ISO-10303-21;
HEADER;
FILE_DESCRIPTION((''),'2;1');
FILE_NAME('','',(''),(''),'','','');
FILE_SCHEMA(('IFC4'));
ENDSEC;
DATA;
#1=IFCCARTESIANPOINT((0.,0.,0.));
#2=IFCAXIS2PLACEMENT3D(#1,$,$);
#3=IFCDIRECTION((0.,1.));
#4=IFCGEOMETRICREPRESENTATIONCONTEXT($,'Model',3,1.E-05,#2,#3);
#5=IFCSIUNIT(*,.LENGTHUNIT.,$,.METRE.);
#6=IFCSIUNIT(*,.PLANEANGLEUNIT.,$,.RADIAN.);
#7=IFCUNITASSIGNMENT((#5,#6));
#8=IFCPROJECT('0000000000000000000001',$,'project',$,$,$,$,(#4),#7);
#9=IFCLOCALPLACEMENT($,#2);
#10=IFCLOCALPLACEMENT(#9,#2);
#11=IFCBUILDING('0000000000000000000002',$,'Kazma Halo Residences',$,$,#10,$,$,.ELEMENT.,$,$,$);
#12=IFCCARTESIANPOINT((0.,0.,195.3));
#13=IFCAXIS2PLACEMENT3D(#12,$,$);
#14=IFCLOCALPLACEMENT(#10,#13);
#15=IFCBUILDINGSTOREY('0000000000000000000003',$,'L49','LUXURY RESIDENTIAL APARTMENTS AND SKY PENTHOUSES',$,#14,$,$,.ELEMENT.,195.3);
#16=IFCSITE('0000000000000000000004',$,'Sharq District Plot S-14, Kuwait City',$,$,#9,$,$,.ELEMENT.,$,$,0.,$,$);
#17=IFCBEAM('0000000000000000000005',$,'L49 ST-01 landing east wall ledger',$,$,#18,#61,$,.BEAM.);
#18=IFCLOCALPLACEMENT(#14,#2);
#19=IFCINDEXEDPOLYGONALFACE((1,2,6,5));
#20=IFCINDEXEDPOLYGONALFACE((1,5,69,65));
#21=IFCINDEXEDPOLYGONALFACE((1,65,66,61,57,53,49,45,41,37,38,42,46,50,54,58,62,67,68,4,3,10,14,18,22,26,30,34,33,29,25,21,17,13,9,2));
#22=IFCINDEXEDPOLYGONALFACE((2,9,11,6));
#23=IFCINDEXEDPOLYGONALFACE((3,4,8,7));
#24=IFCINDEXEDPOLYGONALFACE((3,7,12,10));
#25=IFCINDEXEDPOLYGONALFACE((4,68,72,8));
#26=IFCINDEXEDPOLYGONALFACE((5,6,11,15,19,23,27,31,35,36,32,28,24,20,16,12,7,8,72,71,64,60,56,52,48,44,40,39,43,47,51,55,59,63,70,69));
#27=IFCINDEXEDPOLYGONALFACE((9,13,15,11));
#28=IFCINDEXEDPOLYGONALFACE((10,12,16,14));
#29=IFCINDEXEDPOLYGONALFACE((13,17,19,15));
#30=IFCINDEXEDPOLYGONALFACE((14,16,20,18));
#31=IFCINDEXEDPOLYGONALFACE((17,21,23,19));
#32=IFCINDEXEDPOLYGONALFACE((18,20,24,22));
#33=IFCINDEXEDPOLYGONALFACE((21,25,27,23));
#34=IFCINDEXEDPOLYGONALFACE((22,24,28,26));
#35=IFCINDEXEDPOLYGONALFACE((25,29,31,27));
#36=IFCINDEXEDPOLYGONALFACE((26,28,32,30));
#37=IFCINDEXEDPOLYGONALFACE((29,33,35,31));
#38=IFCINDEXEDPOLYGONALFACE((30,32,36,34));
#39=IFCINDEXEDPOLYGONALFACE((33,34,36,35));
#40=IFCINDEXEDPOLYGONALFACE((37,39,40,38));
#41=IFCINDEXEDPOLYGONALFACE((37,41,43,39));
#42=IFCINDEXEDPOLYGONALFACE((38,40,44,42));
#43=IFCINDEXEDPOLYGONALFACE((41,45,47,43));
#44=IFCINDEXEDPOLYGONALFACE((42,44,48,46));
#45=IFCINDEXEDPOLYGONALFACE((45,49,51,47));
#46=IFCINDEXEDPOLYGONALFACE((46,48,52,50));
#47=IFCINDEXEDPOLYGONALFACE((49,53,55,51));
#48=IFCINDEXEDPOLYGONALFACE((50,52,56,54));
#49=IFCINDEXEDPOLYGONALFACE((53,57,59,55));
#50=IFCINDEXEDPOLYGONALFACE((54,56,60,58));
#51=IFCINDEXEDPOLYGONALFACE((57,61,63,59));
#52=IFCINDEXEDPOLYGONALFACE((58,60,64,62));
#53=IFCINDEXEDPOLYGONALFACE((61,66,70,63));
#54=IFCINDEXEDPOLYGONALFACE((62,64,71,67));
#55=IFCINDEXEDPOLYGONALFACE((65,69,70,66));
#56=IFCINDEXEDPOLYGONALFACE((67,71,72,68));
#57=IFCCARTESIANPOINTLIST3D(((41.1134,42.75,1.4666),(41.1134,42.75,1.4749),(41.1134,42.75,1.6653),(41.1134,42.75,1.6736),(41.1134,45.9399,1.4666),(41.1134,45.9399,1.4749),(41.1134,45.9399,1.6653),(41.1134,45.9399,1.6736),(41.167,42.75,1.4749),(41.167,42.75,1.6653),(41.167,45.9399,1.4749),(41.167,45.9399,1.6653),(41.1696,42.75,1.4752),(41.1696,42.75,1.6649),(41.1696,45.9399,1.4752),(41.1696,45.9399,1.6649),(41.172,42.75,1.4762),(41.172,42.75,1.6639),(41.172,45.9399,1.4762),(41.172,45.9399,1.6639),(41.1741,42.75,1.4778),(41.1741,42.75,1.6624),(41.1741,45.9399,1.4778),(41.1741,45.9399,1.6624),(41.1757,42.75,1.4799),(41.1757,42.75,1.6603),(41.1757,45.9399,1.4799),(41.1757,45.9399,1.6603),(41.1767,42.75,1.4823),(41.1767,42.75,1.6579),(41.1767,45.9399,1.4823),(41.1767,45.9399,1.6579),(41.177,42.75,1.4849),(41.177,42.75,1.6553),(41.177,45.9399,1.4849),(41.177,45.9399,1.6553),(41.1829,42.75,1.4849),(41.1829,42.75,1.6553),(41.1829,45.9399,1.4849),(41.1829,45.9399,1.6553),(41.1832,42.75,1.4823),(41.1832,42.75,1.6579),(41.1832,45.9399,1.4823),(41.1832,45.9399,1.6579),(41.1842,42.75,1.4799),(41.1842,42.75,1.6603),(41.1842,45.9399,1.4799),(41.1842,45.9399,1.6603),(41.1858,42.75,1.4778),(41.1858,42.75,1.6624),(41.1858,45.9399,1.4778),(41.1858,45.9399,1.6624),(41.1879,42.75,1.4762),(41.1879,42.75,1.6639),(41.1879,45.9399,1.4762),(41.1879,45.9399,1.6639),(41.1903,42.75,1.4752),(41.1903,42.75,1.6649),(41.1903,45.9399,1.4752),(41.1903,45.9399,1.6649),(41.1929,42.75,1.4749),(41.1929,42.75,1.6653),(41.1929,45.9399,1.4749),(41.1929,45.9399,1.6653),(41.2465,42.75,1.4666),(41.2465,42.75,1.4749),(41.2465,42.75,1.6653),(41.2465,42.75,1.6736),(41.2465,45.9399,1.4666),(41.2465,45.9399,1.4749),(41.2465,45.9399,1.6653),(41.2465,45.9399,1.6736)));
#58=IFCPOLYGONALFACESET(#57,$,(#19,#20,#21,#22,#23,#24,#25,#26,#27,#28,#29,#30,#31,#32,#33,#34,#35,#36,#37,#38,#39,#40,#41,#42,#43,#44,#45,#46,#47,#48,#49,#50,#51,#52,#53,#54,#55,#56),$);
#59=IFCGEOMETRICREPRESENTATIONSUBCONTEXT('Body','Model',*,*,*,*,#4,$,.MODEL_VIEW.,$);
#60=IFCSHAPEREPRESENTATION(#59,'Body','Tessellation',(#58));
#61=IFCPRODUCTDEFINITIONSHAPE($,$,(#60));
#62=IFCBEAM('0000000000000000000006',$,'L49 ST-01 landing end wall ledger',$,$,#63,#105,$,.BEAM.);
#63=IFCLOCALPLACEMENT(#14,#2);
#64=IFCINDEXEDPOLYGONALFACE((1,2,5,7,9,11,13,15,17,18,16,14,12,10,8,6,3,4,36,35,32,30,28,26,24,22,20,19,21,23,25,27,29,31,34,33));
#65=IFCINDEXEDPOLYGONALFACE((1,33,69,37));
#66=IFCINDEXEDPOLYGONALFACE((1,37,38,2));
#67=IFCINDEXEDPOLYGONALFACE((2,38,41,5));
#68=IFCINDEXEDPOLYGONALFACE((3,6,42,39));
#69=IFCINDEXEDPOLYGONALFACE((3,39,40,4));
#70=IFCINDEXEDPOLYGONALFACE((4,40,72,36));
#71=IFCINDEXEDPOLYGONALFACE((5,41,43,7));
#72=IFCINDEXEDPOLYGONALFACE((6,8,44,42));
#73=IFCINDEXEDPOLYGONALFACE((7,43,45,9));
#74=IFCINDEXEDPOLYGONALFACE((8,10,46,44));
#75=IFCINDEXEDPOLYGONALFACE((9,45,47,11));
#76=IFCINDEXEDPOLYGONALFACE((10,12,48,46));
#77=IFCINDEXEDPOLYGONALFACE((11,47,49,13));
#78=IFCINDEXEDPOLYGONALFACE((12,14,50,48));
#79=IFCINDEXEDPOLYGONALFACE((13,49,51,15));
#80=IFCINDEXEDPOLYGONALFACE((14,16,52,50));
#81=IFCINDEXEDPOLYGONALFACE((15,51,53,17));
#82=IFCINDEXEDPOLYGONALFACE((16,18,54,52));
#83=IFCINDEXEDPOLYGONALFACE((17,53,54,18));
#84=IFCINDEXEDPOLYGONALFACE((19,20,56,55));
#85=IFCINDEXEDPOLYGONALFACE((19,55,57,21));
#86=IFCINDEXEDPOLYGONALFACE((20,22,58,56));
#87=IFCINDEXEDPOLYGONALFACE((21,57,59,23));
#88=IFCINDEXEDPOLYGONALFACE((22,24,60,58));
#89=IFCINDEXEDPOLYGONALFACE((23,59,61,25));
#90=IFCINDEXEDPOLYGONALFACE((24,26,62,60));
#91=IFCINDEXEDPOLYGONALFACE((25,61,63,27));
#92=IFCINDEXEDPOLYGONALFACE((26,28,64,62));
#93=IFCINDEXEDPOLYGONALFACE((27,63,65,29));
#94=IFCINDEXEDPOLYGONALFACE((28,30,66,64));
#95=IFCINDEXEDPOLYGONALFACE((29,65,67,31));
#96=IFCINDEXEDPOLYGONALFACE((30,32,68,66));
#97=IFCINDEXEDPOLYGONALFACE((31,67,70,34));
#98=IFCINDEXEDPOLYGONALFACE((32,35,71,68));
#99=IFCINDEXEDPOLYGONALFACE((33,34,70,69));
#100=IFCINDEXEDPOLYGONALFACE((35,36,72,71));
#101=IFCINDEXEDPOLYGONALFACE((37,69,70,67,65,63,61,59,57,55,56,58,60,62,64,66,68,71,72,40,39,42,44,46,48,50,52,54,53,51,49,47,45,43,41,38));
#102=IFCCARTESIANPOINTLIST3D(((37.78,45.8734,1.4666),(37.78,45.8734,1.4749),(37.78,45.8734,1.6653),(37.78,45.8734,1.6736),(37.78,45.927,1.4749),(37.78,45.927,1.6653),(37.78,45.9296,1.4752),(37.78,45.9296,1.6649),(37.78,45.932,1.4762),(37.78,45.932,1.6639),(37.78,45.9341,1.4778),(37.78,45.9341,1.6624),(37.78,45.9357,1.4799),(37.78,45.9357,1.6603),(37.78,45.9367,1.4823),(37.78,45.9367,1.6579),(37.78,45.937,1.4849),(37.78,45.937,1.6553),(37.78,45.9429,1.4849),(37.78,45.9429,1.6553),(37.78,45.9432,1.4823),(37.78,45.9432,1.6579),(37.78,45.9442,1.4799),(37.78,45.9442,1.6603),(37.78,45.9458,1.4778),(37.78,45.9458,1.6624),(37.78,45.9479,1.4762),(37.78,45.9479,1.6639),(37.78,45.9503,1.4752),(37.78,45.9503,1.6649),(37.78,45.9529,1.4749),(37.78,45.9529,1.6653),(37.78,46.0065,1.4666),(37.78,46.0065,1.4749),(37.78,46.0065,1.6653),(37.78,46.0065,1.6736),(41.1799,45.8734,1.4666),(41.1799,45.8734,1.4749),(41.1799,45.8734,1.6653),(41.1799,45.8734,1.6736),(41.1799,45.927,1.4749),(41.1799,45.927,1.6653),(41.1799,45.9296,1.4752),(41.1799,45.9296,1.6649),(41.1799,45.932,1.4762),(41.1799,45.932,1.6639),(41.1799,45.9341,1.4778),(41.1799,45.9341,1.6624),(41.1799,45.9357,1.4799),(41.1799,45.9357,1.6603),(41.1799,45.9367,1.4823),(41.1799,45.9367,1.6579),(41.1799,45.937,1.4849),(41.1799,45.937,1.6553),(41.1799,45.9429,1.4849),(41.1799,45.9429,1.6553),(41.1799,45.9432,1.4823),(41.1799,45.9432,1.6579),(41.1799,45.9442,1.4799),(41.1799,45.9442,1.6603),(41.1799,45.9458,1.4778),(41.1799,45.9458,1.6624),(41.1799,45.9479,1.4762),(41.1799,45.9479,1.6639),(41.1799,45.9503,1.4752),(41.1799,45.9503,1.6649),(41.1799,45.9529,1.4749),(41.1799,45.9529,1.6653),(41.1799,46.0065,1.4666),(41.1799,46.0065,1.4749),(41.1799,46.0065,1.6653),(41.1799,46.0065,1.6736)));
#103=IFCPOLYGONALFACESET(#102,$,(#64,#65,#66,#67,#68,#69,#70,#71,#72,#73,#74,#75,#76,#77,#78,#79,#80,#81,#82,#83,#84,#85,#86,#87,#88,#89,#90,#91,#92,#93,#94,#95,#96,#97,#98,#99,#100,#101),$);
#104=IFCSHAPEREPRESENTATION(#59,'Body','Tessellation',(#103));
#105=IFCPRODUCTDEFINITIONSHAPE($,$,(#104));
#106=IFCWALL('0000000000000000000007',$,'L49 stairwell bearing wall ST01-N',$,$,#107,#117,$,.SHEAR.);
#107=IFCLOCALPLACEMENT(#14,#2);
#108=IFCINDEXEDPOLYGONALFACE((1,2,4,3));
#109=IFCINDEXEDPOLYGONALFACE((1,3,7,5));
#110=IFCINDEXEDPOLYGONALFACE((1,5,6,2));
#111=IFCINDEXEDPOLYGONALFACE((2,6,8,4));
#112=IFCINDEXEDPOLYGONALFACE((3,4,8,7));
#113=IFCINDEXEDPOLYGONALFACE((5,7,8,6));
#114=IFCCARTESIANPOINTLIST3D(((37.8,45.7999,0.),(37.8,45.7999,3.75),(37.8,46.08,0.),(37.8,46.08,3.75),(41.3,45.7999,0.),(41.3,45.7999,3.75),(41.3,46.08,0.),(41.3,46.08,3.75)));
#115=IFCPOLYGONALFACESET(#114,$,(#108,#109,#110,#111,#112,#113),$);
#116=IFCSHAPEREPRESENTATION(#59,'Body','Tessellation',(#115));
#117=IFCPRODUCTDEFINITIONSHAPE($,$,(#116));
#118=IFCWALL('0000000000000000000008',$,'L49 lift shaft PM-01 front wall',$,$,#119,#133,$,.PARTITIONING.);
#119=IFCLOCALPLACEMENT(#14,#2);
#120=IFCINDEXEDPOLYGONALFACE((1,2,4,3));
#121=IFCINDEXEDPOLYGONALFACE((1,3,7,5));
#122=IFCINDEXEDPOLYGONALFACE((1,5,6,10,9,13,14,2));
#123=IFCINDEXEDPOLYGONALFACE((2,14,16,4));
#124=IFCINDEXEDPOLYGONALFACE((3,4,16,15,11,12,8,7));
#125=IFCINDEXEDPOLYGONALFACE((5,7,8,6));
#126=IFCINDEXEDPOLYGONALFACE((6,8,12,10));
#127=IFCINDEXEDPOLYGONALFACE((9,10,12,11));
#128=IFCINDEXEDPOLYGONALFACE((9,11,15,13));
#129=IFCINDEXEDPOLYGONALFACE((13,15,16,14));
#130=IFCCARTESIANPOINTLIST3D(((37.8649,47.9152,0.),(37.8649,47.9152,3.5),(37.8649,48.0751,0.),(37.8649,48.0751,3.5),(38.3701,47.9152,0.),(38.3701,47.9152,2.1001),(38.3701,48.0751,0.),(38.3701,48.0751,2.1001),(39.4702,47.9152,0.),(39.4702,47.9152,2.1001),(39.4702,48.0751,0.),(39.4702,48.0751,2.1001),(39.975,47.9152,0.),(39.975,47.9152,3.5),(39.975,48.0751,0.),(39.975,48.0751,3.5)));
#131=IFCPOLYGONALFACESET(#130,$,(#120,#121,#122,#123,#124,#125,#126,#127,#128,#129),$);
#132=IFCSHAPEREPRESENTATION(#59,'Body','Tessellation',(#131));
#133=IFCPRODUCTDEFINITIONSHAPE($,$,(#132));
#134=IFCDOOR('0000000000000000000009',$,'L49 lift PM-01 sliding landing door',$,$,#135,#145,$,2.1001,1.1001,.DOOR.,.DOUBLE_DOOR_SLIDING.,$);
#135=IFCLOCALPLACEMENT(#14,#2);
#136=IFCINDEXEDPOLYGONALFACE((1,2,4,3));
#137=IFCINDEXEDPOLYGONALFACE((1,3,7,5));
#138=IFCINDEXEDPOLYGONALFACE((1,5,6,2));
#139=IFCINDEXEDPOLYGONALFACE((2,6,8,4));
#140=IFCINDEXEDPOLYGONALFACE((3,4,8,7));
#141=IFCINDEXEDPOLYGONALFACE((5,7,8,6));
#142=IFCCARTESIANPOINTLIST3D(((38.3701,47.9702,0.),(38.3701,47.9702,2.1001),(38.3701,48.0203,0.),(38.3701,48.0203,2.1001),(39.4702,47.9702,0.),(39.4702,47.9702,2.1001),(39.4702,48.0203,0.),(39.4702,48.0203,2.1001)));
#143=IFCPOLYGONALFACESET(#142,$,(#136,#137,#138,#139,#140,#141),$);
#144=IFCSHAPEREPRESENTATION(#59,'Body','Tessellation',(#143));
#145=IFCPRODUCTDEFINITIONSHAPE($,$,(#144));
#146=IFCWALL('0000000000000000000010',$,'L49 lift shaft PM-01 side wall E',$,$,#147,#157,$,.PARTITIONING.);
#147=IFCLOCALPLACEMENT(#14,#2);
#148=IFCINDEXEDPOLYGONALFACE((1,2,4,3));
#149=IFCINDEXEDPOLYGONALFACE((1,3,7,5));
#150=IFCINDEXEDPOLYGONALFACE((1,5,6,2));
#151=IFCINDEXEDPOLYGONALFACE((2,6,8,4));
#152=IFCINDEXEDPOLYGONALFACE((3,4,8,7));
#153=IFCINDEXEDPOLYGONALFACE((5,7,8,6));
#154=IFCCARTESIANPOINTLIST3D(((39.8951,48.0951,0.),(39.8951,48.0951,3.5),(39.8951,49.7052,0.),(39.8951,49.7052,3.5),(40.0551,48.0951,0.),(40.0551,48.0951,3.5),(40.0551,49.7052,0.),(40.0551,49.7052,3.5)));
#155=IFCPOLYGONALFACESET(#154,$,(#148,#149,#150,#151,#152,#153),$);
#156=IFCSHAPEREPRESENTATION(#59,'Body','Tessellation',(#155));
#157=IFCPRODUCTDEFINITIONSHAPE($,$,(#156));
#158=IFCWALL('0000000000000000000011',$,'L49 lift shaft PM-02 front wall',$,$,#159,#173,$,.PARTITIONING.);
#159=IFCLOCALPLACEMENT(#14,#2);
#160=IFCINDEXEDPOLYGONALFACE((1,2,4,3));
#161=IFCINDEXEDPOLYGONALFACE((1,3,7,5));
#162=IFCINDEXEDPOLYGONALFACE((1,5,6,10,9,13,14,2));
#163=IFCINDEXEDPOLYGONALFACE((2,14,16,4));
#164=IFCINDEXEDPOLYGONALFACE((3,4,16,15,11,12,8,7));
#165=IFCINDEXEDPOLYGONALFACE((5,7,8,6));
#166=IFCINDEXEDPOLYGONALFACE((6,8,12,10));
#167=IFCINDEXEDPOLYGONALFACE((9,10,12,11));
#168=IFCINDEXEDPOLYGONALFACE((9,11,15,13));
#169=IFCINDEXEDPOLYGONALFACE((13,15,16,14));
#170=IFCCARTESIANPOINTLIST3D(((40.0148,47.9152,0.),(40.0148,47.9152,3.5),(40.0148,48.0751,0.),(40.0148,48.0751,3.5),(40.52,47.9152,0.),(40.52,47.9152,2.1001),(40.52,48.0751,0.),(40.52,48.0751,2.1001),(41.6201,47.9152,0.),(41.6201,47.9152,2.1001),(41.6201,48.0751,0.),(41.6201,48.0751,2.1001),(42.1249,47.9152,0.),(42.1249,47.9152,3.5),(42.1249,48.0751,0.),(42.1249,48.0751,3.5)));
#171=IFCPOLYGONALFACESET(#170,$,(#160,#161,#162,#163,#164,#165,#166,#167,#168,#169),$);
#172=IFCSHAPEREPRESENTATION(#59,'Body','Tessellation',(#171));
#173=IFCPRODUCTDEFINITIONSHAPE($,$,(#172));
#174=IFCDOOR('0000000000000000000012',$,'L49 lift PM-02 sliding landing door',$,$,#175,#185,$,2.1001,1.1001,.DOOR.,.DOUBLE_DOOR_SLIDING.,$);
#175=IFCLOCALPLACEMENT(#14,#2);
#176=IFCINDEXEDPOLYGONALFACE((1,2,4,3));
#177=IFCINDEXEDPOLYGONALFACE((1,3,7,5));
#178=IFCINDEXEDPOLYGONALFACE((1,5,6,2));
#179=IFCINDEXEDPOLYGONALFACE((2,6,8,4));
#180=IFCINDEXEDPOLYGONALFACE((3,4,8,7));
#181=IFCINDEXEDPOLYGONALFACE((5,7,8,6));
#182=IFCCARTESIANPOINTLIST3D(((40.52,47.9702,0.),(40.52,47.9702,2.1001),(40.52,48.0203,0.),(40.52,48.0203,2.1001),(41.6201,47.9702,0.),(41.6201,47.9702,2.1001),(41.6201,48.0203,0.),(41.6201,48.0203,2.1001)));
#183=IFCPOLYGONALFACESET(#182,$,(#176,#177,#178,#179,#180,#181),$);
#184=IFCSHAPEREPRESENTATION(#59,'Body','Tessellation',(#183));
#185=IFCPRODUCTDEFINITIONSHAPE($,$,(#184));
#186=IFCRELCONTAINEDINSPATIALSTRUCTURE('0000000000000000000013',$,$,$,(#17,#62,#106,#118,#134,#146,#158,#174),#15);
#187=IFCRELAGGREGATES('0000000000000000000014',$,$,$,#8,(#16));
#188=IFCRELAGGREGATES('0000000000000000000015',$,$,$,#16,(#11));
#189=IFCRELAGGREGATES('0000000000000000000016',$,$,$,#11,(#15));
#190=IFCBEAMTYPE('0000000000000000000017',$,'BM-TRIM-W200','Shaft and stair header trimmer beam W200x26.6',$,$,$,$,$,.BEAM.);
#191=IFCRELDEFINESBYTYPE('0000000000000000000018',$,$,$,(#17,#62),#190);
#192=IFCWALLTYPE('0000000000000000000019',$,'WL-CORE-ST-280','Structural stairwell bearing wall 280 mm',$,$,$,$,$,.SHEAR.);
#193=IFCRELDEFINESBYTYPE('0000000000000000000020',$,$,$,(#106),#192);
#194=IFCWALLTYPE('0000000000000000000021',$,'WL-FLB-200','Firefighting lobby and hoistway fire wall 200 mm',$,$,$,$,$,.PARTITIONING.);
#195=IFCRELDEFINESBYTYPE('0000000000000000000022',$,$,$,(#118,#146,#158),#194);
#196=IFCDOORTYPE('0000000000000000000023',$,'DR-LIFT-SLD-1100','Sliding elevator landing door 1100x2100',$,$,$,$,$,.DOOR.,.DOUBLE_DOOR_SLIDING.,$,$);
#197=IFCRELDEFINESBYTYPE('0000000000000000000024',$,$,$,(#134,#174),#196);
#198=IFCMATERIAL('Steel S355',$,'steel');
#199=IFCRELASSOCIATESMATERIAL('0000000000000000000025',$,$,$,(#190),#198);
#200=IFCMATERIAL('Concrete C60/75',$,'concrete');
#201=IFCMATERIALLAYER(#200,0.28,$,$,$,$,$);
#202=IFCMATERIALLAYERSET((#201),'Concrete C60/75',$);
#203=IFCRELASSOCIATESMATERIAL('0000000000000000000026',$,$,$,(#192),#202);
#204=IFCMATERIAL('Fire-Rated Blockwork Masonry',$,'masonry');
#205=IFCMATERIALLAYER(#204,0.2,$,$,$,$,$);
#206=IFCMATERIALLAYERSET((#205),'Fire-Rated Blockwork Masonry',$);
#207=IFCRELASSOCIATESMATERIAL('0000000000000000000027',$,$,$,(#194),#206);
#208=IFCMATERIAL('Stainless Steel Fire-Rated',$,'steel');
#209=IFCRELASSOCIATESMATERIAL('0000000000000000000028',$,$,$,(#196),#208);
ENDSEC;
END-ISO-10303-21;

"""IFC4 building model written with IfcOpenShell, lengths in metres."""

from ifc_helpers import new_model, si_unit, direction, frame, frame_2d, origin, origin_2d, place, context, subcontext, project, spatial, rectangle, i_section, extrude, material, layer, layer_set, material_profile, profile_set, type_object, element, fill, save


model = new_model("IFC4")

# Units and contexts
model_context = context("Model", 3, precision=1e-05, world=origin(), true_north=direction((0.0, 1.0)))
body_context = subcontext(model_context, "Body", "Model", "MODEL_VIEW")
ifc_project = project(units=[si_unit("LENGTHUNIT", "METRE"), si_unit("PLANEANGLEUNIT", "RADIAN")], contexts=[model_context])

# Site, building, storey
site_placement = place(None, origin())
site = spatial("IfcSite", under=ifc_project, at=site_placement, Name="Sharq District Plot S-14, Kuwait City", CompositionType="ELEMENT", RefElevation=0.0)
building_placement = place(site_placement, origin())
building = spatial("IfcBuilding", under=site, at=building_placement, Name="Kazma Halo Residences", CompositionType="ELEMENT")
storey_placement = place(building_placement, frame((0.0, 0.0, 195.3)))
storey = spatial("IfcBuildingStorey", under=building, at=storey_placement, Name="L49", Description="LUXURY RESIDENTIAL APARTMENTS AND SKY PENTHOUSES", CompositionType="ELEMENT", Elevation=195.3)

# Shared definitions
ifc_material_1 = material(Name="Steel S355", Category="steel")

# Beams
ifc_material_profile_1 = material_profile(ifc_material_1, i_section(OverallWidth=0.1331, OverallDepth=0.207, WebThickness=0.0059, FlangeThickness=0.0083, FilletRadius=0.01, at=origin_2d()), Name="W200x26.6")
ifc_profile_set_1 = profile_set([ifc_material_profile_1], Name="Steel S355")
beam_type_1 = type_object("IfcBeamType", Name="BM-TRIM-W200", Description="Shaft and stair header trimmer beam W200x26.6", PredefinedType="BEAM", material=ifc_profile_set_1)
beam_1_placement = place(storey_placement, frame((41.1799, 42.75, 1.5701), z_axis=(0.0, 1.0, 0.0), x_axis=(-1.0, 0.0, 0.0)))
element("IfcBeam", 1, at=beam_1_placement, inside=storey, type_object=beam_type_1, Name="L49 ST-01 landing east wall ledger", PredefinedType="BEAM", context=body_context, shape_type="SweptSolid", body=[
    extrude(i_section(OverallWidth=0.1331, OverallDepth=0.207, WebThickness=0.0059, FlangeThickness=0.0083, FilletRadius=0.01, at=origin_2d()), origin(), (0.0, 0.0, 1.0), 3.1899),
])
beam_2_placement = place(storey_placement, frame((37.78, 45.9399, 1.5701), z_axis=(1.0, 0.0, 0.0), x_axis=(0.0, 1.0, 0.0)))
element("IfcBeam", 2, at=beam_2_placement, inside=storey, type_object=beam_type_1, Name="L49 ST-01 landing end wall ledger", PredefinedType="BEAM", context=body_context, shape_type="SweptSolid", body=[
    extrude(i_section(OverallWidth=0.1331, OverallDepth=0.207, WebThickness=0.0059, FlangeThickness=0.0083, FilletRadius=0.01, at=origin_2d()), origin(), (0.0, 0.0, 1.0), 3.3999),
])

# Wall
ifc_material_2 = material(Name="Concrete C60/75", Category="concrete")
ifc_layer_1 = layer(ifc_material_2, 0.28)
ifc_layer_set_1 = layer_set([ifc_layer_1], Name="Concrete C60/75")
wall_type_1 = type_object("IfcWallType", Name="WL-CORE-ST-280", Description="Structural stairwell bearing wall 280 mm", PredefinedType="SHEAR", material=ifc_layer_set_1)
wall_1_placement = place(storey_placement, frame((37.8, 45.9399, 0.0), z_axis=(0.0, 0.0, 1.0), x_axis=(1.0, 0.0, 0.0)))
element("IfcWall", 3, at=wall_1_placement, inside=storey, type_object=wall_type_1, Name="L49 stairwell bearing wall ST01-N", PredefinedType="SHEAR", context=body_context, shape_type="SweptSolid", body=[
    extrude(rectangle(XDim=3.5, YDim=0.28, at=frame_2d((1.75, 0.0))), origin(), (0.0, 0.0, 1.0), 3.75),
])

# Wall, opening, door
ifc_material_3 = material(Name="Fire-Rated Blockwork Masonry", Category="masonry")
ifc_layer_2 = layer(ifc_material_3, 0.2)
ifc_layer_set_2 = layer_set([ifc_layer_2], Name="Fire-Rated Blockwork Masonry")
wall_type_2 = type_object("IfcWallType", Name="WL-FLB-200", Description="Firefighting lobby and hoistway fire wall 200 mm", PredefinedType="PARTITIONING", material=ifc_layer_set_2)
wall_2_placement = place(storey_placement, frame((39.9751, 47.9951, 0.0), z_axis=(0.0, 0.0, 1.0), x_axis=(-1.0, 0.0, 0.0)))
wall_2 = element("IfcWall", 4, at=wall_2_placement, inside=storey, type_object=wall_type_2, Name="L49 lift shaft PM-01 front wall", PredefinedType="PARTITIONING", context=body_context, shape_type="SweptSolid", body=[
    extrude(rectangle(XDim=2.1101, YDim=0.1599, at=frame_2d((1.0552, 0.0))), origin(), (0.0, 0.0, 1.0), 3.5),
])
opening_1_placement = place(wall_2_placement, frame((0.5049, 0.0, 0.0)))
opening_1 = element("IfcOpeningElement", 5, at=opening_1_placement, cuts=wall_2, PredefinedType="OPENING", context=body_context, shape_type="SweptSolid", body=[
    extrude(rectangle(XDim=1.1001, YDim=2.1001, at=frame_2d((0.55, 1.05))), frame((0.0, 0.0898, 0.0), z_axis=(0.0, -1.0, 0.0), x_axis=(1.0, 0.0, 0.0)), (0.0, 0.0, 1.0), 0.1799),
])
ifc_material_4 = material(Name="Stainless Steel Fire-Rated", Category="steel")
door_type = type_object("IfcDoorType", Name="DR-LIFT-SLD-1100", Description="Sliding elevator landing door 1100x2100", OperationType="DOUBLE_DOOR_SLIDING", PredefinedType="DOOR", material=ifc_material_4)
door_1_placement = place(opening_1_placement, origin())
door_1 = element("IfcDoor", 6, at=door_1_placement, inside=storey, type_object=door_type, Name="L49 lift PM-01 sliding landing door", OperationType="DOUBLE_DOOR_SLIDING", OverallHeight=2.1001, OverallWidth=1.1001, PredefinedType="DOOR", context=body_context, shape_type="SweptSolid", body=[
    extrude(rectangle(XDim=1.1001, YDim=2.1001, at=frame_2d((0.55, 1.05))), frame((0.0, 0.0249, 0.0), z_axis=(0.0, -1.0, 0.0), x_axis=(1.0, 0.0, 0.0)), (0.0, 0.0, 1.0), 0.05),
])
fill(opening_1, door_1)

# Wall
wall_3_placement = place(storey_placement, frame((39.9751, 48.095, 0.0), z_axis=(0.0, 0.0, 1.0), x_axis=(0.0, 1.0, 0.0)))
element("IfcWall", 7, at=wall_3_placement, inside=storey, type_object=wall_type_2, Name="L49 lift shaft PM-01 side wall E", PredefinedType="PARTITIONING", context=body_context, shape_type="SweptSolid", body=[
    extrude(rectangle(XDim=1.6101, YDim=0.1599, at=frame_2d((0.8052, 0.0))), origin(), (0.0, 0.0, 1.0), 3.5),
])

# Wall, opening, door
wall_4_placement = place(storey_placement, frame((42.125, 47.9951, 0.0), z_axis=(0.0, 0.0, 1.0), x_axis=(-1.0, 0.0, 0.0)))
wall_4 = element("IfcWall", 8, at=wall_4_placement, inside=storey, type_object=wall_type_2, Name="L49 lift shaft PM-02 front wall", PredefinedType="PARTITIONING", context=body_context, shape_type="SweptSolid", body=[
    extrude(rectangle(XDim=2.1101, YDim=0.1599, at=frame_2d((1.0552, 0.0))), origin(), (0.0, 0.0, 1.0), 3.5),
])
opening_2_placement = place(wall_4_placement, frame((0.5049, 0.0, 0.0)))
opening_2 = element("IfcOpeningElement", 9, at=opening_2_placement, cuts=wall_4, PredefinedType="OPENING", context=body_context, shape_type="SweptSolid", body=[
    extrude(rectangle(XDim=1.1001, YDim=2.1001, at=frame_2d((0.55, 1.05))), frame((0.0, 0.0898, 0.0), z_axis=(0.0, -1.0, 0.0), x_axis=(1.0, 0.0, 0.0)), (0.0, 0.0, 1.0), 0.1799),
])
door_2_placement = place(opening_2_placement, origin())
door_2 = element("IfcDoor", 10, at=door_2_placement, inside=storey, type_object=door_type, Name="L49 lift PM-02 sliding landing door", OperationType="DOUBLE_DOOR_SLIDING", OverallHeight=2.1001, OverallWidth=1.1001, PredefinedType="DOOR", context=body_context, shape_type="SweptSolid", body=[
    extrude(rectangle(XDim=1.1001, YDim=2.1001, at=frame_2d((0.55, 1.05))), frame((0.0, 0.0249, 0.0), z_axis=(0.0, -1.0, 0.0), x_axis=(1.0, 0.0, 0.0)), (0.0, 0.0, 1.0), 0.05),
])
fill(opening_2, door_2)

save(model, "model.ifc")
